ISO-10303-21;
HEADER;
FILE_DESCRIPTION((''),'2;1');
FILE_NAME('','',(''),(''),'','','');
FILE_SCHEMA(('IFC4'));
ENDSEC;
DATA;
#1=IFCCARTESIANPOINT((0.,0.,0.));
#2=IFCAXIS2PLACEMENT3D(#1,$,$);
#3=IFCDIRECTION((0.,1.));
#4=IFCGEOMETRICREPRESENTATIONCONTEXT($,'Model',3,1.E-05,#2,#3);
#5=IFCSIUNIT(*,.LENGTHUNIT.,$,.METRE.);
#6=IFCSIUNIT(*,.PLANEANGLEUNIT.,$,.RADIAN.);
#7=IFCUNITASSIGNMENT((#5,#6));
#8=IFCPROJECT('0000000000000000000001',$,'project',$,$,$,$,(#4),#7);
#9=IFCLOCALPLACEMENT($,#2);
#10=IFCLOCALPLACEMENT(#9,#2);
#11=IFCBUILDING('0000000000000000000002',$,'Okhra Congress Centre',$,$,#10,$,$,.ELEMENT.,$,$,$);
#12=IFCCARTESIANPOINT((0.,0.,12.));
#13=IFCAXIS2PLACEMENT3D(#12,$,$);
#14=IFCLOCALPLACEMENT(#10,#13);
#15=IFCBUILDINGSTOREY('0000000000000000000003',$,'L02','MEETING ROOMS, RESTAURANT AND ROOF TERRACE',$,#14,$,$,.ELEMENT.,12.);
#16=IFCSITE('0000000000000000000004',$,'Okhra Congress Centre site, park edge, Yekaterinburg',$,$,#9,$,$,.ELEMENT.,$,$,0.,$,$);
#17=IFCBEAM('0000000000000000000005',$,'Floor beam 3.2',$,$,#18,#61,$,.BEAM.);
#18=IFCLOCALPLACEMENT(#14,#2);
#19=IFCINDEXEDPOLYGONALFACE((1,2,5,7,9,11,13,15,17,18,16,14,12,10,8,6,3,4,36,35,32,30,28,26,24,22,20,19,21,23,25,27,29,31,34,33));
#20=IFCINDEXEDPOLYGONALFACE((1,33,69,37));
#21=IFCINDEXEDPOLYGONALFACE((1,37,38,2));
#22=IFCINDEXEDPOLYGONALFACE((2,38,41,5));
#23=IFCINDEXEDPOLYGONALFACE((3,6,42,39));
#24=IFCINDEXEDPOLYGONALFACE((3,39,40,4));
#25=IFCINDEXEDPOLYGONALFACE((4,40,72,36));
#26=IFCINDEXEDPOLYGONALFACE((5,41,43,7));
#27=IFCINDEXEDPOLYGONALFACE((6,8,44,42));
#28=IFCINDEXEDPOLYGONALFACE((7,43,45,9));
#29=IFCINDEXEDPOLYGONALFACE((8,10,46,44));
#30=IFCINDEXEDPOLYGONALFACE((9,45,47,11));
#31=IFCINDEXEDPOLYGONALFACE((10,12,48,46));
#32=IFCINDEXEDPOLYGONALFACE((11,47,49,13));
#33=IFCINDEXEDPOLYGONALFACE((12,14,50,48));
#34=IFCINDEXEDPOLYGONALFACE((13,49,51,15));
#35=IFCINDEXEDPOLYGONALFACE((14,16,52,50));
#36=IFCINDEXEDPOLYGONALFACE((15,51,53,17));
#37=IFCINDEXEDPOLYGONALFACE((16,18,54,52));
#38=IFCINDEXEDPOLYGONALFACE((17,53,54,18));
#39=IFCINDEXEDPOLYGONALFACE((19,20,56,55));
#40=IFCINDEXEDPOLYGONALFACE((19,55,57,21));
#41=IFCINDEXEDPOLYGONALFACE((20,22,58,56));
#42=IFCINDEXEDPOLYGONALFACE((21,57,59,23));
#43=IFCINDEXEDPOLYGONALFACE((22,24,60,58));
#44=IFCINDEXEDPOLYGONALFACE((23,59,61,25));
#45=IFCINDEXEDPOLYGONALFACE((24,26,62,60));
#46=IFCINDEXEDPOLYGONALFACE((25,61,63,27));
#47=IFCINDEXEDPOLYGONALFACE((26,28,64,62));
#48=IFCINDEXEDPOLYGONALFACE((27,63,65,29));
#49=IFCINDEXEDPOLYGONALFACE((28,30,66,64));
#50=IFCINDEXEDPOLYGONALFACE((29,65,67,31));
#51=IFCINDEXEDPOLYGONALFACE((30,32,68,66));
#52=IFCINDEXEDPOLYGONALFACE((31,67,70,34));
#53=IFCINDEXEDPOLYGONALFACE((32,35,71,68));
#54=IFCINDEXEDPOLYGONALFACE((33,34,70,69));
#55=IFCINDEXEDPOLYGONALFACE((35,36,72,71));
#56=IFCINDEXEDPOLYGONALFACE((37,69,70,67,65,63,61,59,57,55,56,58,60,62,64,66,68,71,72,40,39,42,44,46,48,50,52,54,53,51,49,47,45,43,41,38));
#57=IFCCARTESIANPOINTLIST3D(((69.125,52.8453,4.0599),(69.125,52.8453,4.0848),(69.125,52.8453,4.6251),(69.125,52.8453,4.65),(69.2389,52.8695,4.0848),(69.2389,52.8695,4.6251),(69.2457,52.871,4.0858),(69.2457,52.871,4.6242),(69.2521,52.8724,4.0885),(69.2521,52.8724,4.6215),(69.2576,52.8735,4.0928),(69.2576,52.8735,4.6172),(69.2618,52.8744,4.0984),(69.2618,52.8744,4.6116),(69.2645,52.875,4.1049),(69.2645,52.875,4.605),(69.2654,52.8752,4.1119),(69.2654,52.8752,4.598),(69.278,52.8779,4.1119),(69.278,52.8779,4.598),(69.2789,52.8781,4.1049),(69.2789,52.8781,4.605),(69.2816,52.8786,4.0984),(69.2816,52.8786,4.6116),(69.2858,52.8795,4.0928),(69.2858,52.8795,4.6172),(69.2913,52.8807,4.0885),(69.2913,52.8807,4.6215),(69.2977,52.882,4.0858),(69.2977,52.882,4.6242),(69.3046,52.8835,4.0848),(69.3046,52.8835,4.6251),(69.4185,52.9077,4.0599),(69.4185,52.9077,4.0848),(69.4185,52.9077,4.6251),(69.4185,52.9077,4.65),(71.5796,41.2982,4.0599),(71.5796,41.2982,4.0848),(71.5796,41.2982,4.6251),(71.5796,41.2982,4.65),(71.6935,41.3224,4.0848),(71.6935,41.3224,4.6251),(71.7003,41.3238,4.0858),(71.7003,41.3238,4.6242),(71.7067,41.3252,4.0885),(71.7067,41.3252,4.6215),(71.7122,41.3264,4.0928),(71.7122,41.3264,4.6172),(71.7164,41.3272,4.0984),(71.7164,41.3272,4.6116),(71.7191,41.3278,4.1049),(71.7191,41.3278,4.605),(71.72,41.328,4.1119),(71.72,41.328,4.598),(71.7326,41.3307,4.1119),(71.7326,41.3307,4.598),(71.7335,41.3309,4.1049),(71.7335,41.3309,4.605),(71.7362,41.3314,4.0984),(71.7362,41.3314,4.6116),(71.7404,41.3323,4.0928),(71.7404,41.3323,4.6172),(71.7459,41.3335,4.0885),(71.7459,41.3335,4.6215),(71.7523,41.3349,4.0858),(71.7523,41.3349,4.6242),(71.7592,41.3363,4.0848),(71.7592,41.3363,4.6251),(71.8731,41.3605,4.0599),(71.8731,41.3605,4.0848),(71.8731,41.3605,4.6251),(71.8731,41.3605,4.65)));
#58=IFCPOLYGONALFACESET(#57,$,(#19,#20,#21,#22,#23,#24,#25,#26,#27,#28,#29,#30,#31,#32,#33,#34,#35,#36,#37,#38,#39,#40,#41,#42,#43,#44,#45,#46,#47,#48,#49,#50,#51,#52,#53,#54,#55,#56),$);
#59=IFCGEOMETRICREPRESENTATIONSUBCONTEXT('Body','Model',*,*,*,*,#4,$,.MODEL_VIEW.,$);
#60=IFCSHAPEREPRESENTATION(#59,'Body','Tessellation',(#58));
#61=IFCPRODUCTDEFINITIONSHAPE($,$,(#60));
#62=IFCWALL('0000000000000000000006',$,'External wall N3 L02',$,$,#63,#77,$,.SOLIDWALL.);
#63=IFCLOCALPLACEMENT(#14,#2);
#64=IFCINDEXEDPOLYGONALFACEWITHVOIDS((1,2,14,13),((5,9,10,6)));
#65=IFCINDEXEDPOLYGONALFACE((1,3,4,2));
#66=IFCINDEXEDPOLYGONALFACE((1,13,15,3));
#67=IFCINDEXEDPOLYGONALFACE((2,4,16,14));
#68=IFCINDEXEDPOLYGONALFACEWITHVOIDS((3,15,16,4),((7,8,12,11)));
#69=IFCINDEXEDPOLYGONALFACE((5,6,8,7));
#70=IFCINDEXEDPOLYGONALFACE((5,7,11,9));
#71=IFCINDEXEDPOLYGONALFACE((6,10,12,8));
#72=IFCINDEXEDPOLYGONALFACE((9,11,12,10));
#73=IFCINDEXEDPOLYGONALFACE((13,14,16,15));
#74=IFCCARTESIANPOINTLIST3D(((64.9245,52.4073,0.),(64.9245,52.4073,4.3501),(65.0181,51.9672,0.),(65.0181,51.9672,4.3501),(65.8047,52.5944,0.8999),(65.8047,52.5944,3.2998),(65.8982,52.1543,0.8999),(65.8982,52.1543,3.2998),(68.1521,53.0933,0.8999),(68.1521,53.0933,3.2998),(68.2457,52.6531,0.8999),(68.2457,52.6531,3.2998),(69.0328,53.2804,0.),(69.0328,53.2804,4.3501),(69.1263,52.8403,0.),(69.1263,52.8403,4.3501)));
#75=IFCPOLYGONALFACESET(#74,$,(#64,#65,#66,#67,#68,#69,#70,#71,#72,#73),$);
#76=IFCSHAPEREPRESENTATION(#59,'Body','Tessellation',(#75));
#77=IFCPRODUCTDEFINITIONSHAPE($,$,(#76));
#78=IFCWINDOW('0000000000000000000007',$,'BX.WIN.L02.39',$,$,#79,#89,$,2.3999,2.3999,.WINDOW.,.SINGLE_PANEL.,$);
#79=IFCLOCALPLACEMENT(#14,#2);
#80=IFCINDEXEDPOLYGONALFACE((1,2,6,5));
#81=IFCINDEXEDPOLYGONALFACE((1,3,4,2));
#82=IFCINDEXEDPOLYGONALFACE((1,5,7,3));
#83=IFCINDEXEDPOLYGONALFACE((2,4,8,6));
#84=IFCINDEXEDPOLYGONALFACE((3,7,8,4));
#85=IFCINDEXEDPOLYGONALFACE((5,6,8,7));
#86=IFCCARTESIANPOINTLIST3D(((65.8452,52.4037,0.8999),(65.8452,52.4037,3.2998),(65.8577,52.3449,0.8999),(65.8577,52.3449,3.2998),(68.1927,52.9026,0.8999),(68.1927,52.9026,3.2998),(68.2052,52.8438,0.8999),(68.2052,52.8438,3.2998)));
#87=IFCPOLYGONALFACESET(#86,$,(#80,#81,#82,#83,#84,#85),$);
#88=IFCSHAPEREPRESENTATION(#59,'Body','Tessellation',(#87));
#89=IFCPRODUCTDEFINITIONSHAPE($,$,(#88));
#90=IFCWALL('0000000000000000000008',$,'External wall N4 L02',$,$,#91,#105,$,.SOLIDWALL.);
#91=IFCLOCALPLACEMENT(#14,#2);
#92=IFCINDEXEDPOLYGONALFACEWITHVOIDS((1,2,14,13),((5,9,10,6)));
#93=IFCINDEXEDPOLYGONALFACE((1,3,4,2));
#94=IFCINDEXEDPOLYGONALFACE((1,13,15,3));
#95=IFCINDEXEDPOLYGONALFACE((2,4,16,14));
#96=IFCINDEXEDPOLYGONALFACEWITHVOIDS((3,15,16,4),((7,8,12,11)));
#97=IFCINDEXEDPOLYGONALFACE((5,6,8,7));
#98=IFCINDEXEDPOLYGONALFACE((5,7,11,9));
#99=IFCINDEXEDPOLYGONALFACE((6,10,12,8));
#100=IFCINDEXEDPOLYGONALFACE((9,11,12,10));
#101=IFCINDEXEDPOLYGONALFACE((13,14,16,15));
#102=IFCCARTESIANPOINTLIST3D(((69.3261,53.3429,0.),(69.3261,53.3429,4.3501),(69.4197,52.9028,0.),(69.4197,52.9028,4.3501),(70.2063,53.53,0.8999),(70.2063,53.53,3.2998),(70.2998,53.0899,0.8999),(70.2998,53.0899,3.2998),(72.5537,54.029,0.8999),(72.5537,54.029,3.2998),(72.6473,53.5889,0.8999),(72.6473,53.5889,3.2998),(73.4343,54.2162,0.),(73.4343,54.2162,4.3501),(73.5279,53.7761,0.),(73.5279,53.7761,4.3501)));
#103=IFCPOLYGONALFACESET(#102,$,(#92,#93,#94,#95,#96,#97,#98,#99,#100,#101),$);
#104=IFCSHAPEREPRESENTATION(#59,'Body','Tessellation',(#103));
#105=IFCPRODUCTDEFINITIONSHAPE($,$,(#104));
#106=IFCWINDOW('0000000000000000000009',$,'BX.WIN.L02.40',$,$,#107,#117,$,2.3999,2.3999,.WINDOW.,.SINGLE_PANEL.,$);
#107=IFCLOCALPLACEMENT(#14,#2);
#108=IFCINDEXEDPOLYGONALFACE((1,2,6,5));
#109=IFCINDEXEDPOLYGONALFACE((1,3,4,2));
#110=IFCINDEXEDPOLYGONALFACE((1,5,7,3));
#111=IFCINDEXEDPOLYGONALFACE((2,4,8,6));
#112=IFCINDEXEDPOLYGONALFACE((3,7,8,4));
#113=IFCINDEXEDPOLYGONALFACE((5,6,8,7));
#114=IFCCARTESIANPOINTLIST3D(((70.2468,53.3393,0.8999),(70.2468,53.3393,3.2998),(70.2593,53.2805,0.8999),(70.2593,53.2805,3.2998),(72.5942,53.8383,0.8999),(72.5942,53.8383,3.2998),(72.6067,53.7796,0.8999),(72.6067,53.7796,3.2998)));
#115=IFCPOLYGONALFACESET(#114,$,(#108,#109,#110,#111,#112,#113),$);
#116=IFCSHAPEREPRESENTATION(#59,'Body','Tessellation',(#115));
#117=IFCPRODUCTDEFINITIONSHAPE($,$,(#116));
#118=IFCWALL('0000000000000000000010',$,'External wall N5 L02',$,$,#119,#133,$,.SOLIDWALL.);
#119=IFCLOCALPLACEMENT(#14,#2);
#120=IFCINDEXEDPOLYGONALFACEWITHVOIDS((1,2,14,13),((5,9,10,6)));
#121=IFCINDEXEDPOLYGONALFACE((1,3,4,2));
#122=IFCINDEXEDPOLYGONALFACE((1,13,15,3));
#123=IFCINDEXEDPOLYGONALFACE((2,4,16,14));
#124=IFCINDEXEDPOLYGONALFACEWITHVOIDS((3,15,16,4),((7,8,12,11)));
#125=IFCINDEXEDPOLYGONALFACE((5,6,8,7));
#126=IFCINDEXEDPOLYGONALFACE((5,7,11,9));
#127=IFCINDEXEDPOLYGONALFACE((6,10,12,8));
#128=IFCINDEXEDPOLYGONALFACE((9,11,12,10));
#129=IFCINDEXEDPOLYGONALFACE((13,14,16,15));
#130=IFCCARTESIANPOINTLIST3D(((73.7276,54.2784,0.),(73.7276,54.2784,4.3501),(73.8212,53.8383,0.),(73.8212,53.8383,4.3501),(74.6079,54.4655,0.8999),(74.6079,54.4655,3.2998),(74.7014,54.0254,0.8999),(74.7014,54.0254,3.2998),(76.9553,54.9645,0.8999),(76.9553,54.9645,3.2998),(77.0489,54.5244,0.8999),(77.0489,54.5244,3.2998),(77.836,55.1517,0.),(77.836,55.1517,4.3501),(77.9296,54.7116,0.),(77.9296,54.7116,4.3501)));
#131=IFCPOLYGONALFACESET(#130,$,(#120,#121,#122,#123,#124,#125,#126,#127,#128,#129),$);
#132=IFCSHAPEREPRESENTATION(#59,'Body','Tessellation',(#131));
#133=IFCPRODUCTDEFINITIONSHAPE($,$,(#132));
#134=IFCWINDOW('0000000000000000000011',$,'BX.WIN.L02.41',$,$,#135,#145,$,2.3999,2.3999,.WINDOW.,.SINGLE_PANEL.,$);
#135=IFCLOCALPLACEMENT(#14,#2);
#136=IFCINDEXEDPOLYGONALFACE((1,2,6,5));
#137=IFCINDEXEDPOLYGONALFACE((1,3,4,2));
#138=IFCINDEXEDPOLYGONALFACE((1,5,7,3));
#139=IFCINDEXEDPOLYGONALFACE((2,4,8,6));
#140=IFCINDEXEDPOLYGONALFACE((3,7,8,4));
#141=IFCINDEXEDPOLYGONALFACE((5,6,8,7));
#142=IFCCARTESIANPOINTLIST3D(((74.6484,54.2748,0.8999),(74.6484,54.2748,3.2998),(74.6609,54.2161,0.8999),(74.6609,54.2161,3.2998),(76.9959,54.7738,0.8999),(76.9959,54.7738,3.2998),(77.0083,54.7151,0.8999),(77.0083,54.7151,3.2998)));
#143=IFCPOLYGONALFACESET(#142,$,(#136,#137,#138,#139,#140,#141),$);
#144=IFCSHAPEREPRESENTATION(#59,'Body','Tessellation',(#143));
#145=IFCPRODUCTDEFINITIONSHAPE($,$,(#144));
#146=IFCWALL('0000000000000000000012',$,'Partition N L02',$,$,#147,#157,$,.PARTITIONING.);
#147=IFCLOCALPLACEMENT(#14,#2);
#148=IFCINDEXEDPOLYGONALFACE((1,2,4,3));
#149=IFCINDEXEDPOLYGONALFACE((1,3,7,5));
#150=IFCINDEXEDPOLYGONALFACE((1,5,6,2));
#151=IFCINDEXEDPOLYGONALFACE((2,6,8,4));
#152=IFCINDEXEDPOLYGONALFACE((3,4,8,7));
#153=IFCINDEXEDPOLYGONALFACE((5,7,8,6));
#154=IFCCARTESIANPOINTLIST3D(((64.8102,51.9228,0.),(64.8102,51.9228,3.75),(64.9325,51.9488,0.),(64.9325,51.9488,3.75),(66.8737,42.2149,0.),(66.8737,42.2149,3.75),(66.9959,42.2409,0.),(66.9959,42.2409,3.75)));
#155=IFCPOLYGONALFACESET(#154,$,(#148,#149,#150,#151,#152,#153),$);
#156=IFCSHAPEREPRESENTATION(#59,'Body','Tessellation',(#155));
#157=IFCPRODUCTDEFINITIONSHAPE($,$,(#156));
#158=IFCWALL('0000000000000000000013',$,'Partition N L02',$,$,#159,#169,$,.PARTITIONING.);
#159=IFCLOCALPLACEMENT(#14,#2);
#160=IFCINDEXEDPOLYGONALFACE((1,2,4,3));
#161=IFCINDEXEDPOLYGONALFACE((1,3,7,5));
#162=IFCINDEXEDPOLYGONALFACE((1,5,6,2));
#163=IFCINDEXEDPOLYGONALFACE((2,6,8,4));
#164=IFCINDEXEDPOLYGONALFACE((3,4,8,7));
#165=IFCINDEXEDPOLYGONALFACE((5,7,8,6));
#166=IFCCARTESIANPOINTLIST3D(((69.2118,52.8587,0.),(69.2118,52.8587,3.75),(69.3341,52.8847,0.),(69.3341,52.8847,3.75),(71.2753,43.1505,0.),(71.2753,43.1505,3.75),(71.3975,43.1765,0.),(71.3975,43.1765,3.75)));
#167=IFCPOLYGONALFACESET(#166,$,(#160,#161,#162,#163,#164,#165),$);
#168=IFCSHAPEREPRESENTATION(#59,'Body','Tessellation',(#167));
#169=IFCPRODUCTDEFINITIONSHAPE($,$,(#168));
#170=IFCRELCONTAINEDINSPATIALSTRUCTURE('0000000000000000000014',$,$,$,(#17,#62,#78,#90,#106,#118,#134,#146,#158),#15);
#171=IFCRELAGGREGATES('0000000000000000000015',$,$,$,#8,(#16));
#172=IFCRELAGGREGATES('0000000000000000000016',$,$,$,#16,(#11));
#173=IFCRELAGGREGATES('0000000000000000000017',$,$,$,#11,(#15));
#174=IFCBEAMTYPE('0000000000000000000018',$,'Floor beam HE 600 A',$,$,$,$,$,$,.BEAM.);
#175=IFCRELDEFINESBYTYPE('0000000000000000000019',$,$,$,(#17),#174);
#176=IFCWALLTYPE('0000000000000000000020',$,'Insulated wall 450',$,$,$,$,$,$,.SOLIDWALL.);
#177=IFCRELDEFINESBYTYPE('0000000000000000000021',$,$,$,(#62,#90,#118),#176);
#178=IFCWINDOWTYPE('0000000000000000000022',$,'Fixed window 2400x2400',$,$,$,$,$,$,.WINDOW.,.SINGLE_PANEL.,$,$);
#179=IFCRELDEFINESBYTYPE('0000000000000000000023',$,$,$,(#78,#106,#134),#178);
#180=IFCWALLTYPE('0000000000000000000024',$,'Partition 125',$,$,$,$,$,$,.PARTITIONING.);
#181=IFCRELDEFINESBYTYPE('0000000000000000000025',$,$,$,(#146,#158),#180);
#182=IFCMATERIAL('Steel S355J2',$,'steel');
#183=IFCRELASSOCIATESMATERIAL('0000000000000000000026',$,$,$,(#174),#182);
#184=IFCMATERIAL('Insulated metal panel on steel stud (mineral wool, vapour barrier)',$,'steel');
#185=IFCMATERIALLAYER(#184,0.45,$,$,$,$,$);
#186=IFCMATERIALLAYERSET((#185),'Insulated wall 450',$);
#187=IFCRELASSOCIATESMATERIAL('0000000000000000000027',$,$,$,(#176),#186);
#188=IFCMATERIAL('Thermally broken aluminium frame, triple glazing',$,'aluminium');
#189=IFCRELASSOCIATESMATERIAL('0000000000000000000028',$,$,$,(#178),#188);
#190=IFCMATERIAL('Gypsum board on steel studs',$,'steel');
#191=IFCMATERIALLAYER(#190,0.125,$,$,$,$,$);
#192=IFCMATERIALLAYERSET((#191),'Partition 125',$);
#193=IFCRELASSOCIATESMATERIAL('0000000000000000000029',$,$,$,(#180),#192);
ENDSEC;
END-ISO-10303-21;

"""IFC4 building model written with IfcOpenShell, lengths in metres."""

from ifc_helpers import new_model, si_unit, direction, frame, frame_2d, origin, origin_2d, place, context, subcontext, project, spatial, rectangle, i_section, extrude, material, layer, layer_set, material_profile, profile_set, type_object, element, fill, save


model = new_model("IFC4")

# Units and contexts
model_context = context("Model", 3, precision=1e-05, world=origin(), true_north=direction((0.0, 1.0)))
body_context = subcontext(model_context, "Body", "Model", "MODEL_VIEW")
ifc_project = project(units=[si_unit("LENGTHUNIT", "METRE"), si_unit("PLANEANGLEUNIT", "RADIAN")], contexts=[model_context])

# Site, building, storey
site_placement = place(None, origin())
site = spatial("IfcSite", under=ifc_project, at=site_placement, Name="Okhra Congress Centre site, park edge, Yekaterinburg", CompositionType="ELEMENT", RefElevation=0.0)
building_placement = place(site_placement, origin())
building = spatial("IfcBuilding", under=site, at=building_placement, Name="Okhra Congress Centre", CompositionType="ELEMENT")
storey_placement = place(building_placement, frame((0.0, 0.0, 12.0)))
storey = spatial("IfcBuildingStorey", under=building, at=storey_placement, Name="L02", Description="MEETING ROOMS, RESTAURANT AND ROOF TERRACE", CompositionType="ELEMENT", Elevation=12.0)

# Shared definitions
ifc_material_1 = material(Name="Steel S355J2", Category="steel")

# Beam
ifc_material_profile_1 = material_profile(ifc_material_1, i_section(OverallWidth=0.3, OverallDepth=0.5901, WebThickness=0.0129, FlangeThickness=0.0249, FilletRadius=0.0271, at=origin_2d()), Name="HE 600 A")
ifc_profile_set_1 = profile_set([ifc_material_profile_1], Name="Steel S355J2")
beam_type_1 = type_object("IfcBeamType", Name="Floor beam HE 600 A", PredefinedType="BEAM", material=ifc_profile_set_1)
beam_1_placement = place(storey_placement, frame((71.7263, 41.3293, 4.355), z_axis=(-0.207926, 0.978145, 0.0), x_axis=(-0.978145, -0.207926, 0.0)))
element("IfcBeam", 1, at=beam_1_placement, inside=storey, type_object=beam_type_1, Name="Floor beam 3.2", PredefinedType="BEAM", context=body_context, shape_type="SweptSolid", body=[
    extrude(i_section(OverallWidth=0.3, OverallDepth=0.5901, WebThickness=0.0129, FlangeThickness=0.0249, FilletRadius=0.0271, at=origin_2d()), origin(), (0.0, 0.0, 1.0), 11.8052),
])

# Walls, openings, windows
ifc_material_2 = material(Name="Insulated metal panel on steel stud (mineral wool, vapour barrier)", Category="steel")
ifc_layer_1 = layer(ifc_material_2, 0.45)
ifc_layer_set_1 = layer_set([ifc_layer_1], Name="Insulated wall 450")
wall_type_1 = type_object("IfcWallType", Name="Insulated wall 450", PredefinedType="SOLIDWALL", material=ifc_layer_set_1)
wall_1_placement = place(storey_placement, frame((64.9712, 52.1873, 0.0), z_axis=(0.0, 0.0, 1.0), x_axis=(0.978156, 0.207873, 0.0)))
wall_1 = element("IfcWall", 2, at=wall_1_placement, inside=storey, type_object=wall_type_1, Name="External wall N3 L02", PredefinedType="SOLIDWALL", context=body_context, shape_type="SweptSolid", body=[
    extrude(rectangle(XDim=4.2, YDim=0.45, at=frame_2d((2.1001, 0.0))), origin(), (0.0, 0.0, 1.0), 4.3501),
])
opening_1_placement = place(wall_1_placement, frame((0.8999, 0.0, 0.8999)))
opening_1 = element("IfcOpeningElement", 3, at=opening_1_placement, cuts=wall_1, PredefinedType="OPENING", context=body_context, shape_type="SweptSolid", body=[
    extrude(rectangle(XDim=2.3999, YDim=2.3999, at=frame_2d((1.2, 1.2))), frame((0.0, 0.2349, 0.0), z_axis=(0.0, -1.0, 0.0), x_axis=(1.0, 0.0, 0.0)), (0.0, 0.0, 1.0), 0.47),
])
ifc_material_3 = material(Name="Thermally broken aluminium frame, triple glazing", Category="aluminium")
window_type = type_object("IfcWindowType", Name="Fixed window 2400x2400", PartitioningType="SINGLE_PANEL", PredefinedType="WINDOW", material=ifc_material_3)
window_1_placement = place(opening_1_placement, origin())
window_1 = element("IfcWindow", 4, at=window_1_placement, inside=storey, type_object=window_type, Name="BX.WIN.L02.39", OverallHeight=2.3999, OverallWidth=2.3999, PartitioningType="SINGLE_PANEL", PredefinedType="WINDOW", context=body_context, shape_type="SweptSolid", body=[
    extrude(rectangle(XDim=2.3999, YDim=2.3999, at=frame_2d((1.2, 1.2))), frame((0.0, 0.03, 0.0), z_axis=(0.0, -1.0, 0.0), x_axis=(1.0, 0.0, 0.0)), (0.0, 0.0, 1.0), 0.0601),
])
fill(opening_1, window_1)
wall_2_placement = place(storey_placement, frame((69.3728, 53.1228, 0.0), z_axis=(0.0, 0.0, 1.0), x_axis=(0.978144, 0.207929, 0.0)))
wall_2 = element("IfcWall", 5, at=wall_2_placement, inside=storey, type_object=wall_type_1, Name="External wall N4 L02", PredefinedType="SOLIDWALL", context=body_context, shape_type="SweptSolid", body=[
    extrude(rectangle(XDim=4.2, YDim=0.45, at=frame_2d((2.1001, 0.0))), origin(), (0.0, 0.0, 1.0), 4.3501),
])
opening_2_placement = place(wall_2_placement, frame((0.8999, 0.0, 0.8999)))
opening_2 = element("IfcOpeningElement", 6, at=opening_2_placement, cuts=wall_2, PredefinedType="OPENING", context=body_context, shape_type="SweptSolid", body=[
    extrude(rectangle(XDim=2.3999, YDim=2.3999, at=frame_2d((1.2, 1.2))), frame((0.0, 0.2349, 0.0), z_axis=(0.0, -1.0, 0.0), x_axis=(1.0, 0.0, 0.0)), (0.0, 0.0, 1.0), 0.47),
])
window_2_placement = place(opening_2_placement, origin())
window_2 = element("IfcWindow", 7, at=window_2_placement, inside=storey, type_object=window_type, Name="BX.WIN.L02.40", OverallHeight=2.3999, OverallWidth=2.3999, PartitioningType="SINGLE_PANEL", PredefinedType="WINDOW", context=body_context, shape_type="SweptSolid", body=[
    extrude(rectangle(XDim=2.3999, YDim=2.3999, at=frame_2d((1.2, 1.2))), frame((0.0, 0.03, 0.0), z_axis=(0.0, -1.0, 0.0), x_axis=(1.0, 0.0, 0.0)), (0.0, 0.0, 1.0), 0.0601),
])
fill(opening_2, window_2)
wall_3_placement = place(storey_placement, frame((73.7744, 54.0583, 0.0), z_axis=(0.0, 0.0, 1.0), x_axis=(0.978146, 0.207917, 0.0)))
wall_3 = element("IfcWall", 8, at=wall_3_placement, inside=storey, type_object=wall_type_1, Name="External wall N5 L02", PredefinedType="SOLIDWALL", context=body_context, shape_type="SweptSolid", body=[
    extrude(rectangle(XDim=4.2002, YDim=0.45, at=frame_2d((2.1001, 0.0))), origin(), (0.0, 0.0, 1.0), 4.3501),
])
opening_3_placement = place(wall_3_placement, frame((0.8999, 0.0, 0.8999)))
opening_3 = element("IfcOpeningElement", 9, at=opening_3_placement, cuts=wall_3, PredefinedType="OPENING", context=body_context, shape_type="SweptSolid", body=[
    extrude(rectangle(XDim=2.3999, YDim=2.3999, at=frame_2d((1.2, 1.2))), frame((0.0, 0.2349, 0.0), z_axis=(0.0, -1.0, 0.0), x_axis=(1.0, 0.0, 0.0)), (0.0, 0.0, 1.0), 0.47),
])
window_3_placement = place(opening_3_placement, origin())
window_3 = element("IfcWindow", 10, at=window_3_placement, inside=storey, type_object=window_type, Name="BX.WIN.L02.41", OverallHeight=2.3999, OverallWidth=2.3999, PartitioningType="SINGLE_PANEL", PredefinedType="WINDOW", context=body_context, shape_type="SweptSolid", body=[
    extrude(rectangle(XDim=2.3999, YDim=2.3999, at=frame_2d((1.2, 1.2))), frame((0.0, 0.03, 0.0), z_axis=(0.0, -1.0, 0.0), x_axis=(1.0, 0.0, 0.0)), (0.0, 0.0, 1.0), 0.0601),
])
fill(opening_3, window_3)

# Walls
ifc_material_4 = material(Name="Gypsum board on steel studs", Category="steel")
ifc_layer_2 = layer(ifc_material_4, 0.125)
ifc_layer_set_2 = layer_set([ifc_layer_2], Name="Partition 125")
wall_type_2 = type_object("IfcWallType", Name="Partition 125", PredefinedType="PARTITIONING", material=ifc_layer_set_2)
wall_4_placement = place(storey_placement, frame((64.8713, 51.9358, 0.0), z_axis=(0.0, 0.0, 1.0), x_axis=(0.207909, -0.978148, 0.0)))
element("IfcWall", 11, at=wall_4_placement, inside=storey, type_object=wall_type_2, Name="Partition N L02", PredefinedType="PARTITIONING", context=body_context, shape_type="SweptSolid", body=[
    extrude(rectangle(XDim=9.9248, YDim=0.125, at=frame_2d((4.9624, 0.0))), origin(), (0.0, 0.0, 1.0), 3.75),
])
wall_5_placement = place(storey_placement, frame((69.2729, 52.8716, 0.0), z_axis=(0.0, 0.0, 1.0), x_axis=(0.207904, -0.978149, 0.0)))
element("IfcWall", 12, at=wall_5_placement, inside=storey, type_object=wall_type_2, Name="Partition N L02", PredefinedType="PARTITIONING", context=body_context, shape_type="SweptSolid", body=[
    extrude(rectangle(XDim=9.925, YDim=0.125, at=frame_2d((4.9624, 0.0))), origin(), (0.0, 0.0, 1.0), 3.75),
])

save(model, "model.ifc")
